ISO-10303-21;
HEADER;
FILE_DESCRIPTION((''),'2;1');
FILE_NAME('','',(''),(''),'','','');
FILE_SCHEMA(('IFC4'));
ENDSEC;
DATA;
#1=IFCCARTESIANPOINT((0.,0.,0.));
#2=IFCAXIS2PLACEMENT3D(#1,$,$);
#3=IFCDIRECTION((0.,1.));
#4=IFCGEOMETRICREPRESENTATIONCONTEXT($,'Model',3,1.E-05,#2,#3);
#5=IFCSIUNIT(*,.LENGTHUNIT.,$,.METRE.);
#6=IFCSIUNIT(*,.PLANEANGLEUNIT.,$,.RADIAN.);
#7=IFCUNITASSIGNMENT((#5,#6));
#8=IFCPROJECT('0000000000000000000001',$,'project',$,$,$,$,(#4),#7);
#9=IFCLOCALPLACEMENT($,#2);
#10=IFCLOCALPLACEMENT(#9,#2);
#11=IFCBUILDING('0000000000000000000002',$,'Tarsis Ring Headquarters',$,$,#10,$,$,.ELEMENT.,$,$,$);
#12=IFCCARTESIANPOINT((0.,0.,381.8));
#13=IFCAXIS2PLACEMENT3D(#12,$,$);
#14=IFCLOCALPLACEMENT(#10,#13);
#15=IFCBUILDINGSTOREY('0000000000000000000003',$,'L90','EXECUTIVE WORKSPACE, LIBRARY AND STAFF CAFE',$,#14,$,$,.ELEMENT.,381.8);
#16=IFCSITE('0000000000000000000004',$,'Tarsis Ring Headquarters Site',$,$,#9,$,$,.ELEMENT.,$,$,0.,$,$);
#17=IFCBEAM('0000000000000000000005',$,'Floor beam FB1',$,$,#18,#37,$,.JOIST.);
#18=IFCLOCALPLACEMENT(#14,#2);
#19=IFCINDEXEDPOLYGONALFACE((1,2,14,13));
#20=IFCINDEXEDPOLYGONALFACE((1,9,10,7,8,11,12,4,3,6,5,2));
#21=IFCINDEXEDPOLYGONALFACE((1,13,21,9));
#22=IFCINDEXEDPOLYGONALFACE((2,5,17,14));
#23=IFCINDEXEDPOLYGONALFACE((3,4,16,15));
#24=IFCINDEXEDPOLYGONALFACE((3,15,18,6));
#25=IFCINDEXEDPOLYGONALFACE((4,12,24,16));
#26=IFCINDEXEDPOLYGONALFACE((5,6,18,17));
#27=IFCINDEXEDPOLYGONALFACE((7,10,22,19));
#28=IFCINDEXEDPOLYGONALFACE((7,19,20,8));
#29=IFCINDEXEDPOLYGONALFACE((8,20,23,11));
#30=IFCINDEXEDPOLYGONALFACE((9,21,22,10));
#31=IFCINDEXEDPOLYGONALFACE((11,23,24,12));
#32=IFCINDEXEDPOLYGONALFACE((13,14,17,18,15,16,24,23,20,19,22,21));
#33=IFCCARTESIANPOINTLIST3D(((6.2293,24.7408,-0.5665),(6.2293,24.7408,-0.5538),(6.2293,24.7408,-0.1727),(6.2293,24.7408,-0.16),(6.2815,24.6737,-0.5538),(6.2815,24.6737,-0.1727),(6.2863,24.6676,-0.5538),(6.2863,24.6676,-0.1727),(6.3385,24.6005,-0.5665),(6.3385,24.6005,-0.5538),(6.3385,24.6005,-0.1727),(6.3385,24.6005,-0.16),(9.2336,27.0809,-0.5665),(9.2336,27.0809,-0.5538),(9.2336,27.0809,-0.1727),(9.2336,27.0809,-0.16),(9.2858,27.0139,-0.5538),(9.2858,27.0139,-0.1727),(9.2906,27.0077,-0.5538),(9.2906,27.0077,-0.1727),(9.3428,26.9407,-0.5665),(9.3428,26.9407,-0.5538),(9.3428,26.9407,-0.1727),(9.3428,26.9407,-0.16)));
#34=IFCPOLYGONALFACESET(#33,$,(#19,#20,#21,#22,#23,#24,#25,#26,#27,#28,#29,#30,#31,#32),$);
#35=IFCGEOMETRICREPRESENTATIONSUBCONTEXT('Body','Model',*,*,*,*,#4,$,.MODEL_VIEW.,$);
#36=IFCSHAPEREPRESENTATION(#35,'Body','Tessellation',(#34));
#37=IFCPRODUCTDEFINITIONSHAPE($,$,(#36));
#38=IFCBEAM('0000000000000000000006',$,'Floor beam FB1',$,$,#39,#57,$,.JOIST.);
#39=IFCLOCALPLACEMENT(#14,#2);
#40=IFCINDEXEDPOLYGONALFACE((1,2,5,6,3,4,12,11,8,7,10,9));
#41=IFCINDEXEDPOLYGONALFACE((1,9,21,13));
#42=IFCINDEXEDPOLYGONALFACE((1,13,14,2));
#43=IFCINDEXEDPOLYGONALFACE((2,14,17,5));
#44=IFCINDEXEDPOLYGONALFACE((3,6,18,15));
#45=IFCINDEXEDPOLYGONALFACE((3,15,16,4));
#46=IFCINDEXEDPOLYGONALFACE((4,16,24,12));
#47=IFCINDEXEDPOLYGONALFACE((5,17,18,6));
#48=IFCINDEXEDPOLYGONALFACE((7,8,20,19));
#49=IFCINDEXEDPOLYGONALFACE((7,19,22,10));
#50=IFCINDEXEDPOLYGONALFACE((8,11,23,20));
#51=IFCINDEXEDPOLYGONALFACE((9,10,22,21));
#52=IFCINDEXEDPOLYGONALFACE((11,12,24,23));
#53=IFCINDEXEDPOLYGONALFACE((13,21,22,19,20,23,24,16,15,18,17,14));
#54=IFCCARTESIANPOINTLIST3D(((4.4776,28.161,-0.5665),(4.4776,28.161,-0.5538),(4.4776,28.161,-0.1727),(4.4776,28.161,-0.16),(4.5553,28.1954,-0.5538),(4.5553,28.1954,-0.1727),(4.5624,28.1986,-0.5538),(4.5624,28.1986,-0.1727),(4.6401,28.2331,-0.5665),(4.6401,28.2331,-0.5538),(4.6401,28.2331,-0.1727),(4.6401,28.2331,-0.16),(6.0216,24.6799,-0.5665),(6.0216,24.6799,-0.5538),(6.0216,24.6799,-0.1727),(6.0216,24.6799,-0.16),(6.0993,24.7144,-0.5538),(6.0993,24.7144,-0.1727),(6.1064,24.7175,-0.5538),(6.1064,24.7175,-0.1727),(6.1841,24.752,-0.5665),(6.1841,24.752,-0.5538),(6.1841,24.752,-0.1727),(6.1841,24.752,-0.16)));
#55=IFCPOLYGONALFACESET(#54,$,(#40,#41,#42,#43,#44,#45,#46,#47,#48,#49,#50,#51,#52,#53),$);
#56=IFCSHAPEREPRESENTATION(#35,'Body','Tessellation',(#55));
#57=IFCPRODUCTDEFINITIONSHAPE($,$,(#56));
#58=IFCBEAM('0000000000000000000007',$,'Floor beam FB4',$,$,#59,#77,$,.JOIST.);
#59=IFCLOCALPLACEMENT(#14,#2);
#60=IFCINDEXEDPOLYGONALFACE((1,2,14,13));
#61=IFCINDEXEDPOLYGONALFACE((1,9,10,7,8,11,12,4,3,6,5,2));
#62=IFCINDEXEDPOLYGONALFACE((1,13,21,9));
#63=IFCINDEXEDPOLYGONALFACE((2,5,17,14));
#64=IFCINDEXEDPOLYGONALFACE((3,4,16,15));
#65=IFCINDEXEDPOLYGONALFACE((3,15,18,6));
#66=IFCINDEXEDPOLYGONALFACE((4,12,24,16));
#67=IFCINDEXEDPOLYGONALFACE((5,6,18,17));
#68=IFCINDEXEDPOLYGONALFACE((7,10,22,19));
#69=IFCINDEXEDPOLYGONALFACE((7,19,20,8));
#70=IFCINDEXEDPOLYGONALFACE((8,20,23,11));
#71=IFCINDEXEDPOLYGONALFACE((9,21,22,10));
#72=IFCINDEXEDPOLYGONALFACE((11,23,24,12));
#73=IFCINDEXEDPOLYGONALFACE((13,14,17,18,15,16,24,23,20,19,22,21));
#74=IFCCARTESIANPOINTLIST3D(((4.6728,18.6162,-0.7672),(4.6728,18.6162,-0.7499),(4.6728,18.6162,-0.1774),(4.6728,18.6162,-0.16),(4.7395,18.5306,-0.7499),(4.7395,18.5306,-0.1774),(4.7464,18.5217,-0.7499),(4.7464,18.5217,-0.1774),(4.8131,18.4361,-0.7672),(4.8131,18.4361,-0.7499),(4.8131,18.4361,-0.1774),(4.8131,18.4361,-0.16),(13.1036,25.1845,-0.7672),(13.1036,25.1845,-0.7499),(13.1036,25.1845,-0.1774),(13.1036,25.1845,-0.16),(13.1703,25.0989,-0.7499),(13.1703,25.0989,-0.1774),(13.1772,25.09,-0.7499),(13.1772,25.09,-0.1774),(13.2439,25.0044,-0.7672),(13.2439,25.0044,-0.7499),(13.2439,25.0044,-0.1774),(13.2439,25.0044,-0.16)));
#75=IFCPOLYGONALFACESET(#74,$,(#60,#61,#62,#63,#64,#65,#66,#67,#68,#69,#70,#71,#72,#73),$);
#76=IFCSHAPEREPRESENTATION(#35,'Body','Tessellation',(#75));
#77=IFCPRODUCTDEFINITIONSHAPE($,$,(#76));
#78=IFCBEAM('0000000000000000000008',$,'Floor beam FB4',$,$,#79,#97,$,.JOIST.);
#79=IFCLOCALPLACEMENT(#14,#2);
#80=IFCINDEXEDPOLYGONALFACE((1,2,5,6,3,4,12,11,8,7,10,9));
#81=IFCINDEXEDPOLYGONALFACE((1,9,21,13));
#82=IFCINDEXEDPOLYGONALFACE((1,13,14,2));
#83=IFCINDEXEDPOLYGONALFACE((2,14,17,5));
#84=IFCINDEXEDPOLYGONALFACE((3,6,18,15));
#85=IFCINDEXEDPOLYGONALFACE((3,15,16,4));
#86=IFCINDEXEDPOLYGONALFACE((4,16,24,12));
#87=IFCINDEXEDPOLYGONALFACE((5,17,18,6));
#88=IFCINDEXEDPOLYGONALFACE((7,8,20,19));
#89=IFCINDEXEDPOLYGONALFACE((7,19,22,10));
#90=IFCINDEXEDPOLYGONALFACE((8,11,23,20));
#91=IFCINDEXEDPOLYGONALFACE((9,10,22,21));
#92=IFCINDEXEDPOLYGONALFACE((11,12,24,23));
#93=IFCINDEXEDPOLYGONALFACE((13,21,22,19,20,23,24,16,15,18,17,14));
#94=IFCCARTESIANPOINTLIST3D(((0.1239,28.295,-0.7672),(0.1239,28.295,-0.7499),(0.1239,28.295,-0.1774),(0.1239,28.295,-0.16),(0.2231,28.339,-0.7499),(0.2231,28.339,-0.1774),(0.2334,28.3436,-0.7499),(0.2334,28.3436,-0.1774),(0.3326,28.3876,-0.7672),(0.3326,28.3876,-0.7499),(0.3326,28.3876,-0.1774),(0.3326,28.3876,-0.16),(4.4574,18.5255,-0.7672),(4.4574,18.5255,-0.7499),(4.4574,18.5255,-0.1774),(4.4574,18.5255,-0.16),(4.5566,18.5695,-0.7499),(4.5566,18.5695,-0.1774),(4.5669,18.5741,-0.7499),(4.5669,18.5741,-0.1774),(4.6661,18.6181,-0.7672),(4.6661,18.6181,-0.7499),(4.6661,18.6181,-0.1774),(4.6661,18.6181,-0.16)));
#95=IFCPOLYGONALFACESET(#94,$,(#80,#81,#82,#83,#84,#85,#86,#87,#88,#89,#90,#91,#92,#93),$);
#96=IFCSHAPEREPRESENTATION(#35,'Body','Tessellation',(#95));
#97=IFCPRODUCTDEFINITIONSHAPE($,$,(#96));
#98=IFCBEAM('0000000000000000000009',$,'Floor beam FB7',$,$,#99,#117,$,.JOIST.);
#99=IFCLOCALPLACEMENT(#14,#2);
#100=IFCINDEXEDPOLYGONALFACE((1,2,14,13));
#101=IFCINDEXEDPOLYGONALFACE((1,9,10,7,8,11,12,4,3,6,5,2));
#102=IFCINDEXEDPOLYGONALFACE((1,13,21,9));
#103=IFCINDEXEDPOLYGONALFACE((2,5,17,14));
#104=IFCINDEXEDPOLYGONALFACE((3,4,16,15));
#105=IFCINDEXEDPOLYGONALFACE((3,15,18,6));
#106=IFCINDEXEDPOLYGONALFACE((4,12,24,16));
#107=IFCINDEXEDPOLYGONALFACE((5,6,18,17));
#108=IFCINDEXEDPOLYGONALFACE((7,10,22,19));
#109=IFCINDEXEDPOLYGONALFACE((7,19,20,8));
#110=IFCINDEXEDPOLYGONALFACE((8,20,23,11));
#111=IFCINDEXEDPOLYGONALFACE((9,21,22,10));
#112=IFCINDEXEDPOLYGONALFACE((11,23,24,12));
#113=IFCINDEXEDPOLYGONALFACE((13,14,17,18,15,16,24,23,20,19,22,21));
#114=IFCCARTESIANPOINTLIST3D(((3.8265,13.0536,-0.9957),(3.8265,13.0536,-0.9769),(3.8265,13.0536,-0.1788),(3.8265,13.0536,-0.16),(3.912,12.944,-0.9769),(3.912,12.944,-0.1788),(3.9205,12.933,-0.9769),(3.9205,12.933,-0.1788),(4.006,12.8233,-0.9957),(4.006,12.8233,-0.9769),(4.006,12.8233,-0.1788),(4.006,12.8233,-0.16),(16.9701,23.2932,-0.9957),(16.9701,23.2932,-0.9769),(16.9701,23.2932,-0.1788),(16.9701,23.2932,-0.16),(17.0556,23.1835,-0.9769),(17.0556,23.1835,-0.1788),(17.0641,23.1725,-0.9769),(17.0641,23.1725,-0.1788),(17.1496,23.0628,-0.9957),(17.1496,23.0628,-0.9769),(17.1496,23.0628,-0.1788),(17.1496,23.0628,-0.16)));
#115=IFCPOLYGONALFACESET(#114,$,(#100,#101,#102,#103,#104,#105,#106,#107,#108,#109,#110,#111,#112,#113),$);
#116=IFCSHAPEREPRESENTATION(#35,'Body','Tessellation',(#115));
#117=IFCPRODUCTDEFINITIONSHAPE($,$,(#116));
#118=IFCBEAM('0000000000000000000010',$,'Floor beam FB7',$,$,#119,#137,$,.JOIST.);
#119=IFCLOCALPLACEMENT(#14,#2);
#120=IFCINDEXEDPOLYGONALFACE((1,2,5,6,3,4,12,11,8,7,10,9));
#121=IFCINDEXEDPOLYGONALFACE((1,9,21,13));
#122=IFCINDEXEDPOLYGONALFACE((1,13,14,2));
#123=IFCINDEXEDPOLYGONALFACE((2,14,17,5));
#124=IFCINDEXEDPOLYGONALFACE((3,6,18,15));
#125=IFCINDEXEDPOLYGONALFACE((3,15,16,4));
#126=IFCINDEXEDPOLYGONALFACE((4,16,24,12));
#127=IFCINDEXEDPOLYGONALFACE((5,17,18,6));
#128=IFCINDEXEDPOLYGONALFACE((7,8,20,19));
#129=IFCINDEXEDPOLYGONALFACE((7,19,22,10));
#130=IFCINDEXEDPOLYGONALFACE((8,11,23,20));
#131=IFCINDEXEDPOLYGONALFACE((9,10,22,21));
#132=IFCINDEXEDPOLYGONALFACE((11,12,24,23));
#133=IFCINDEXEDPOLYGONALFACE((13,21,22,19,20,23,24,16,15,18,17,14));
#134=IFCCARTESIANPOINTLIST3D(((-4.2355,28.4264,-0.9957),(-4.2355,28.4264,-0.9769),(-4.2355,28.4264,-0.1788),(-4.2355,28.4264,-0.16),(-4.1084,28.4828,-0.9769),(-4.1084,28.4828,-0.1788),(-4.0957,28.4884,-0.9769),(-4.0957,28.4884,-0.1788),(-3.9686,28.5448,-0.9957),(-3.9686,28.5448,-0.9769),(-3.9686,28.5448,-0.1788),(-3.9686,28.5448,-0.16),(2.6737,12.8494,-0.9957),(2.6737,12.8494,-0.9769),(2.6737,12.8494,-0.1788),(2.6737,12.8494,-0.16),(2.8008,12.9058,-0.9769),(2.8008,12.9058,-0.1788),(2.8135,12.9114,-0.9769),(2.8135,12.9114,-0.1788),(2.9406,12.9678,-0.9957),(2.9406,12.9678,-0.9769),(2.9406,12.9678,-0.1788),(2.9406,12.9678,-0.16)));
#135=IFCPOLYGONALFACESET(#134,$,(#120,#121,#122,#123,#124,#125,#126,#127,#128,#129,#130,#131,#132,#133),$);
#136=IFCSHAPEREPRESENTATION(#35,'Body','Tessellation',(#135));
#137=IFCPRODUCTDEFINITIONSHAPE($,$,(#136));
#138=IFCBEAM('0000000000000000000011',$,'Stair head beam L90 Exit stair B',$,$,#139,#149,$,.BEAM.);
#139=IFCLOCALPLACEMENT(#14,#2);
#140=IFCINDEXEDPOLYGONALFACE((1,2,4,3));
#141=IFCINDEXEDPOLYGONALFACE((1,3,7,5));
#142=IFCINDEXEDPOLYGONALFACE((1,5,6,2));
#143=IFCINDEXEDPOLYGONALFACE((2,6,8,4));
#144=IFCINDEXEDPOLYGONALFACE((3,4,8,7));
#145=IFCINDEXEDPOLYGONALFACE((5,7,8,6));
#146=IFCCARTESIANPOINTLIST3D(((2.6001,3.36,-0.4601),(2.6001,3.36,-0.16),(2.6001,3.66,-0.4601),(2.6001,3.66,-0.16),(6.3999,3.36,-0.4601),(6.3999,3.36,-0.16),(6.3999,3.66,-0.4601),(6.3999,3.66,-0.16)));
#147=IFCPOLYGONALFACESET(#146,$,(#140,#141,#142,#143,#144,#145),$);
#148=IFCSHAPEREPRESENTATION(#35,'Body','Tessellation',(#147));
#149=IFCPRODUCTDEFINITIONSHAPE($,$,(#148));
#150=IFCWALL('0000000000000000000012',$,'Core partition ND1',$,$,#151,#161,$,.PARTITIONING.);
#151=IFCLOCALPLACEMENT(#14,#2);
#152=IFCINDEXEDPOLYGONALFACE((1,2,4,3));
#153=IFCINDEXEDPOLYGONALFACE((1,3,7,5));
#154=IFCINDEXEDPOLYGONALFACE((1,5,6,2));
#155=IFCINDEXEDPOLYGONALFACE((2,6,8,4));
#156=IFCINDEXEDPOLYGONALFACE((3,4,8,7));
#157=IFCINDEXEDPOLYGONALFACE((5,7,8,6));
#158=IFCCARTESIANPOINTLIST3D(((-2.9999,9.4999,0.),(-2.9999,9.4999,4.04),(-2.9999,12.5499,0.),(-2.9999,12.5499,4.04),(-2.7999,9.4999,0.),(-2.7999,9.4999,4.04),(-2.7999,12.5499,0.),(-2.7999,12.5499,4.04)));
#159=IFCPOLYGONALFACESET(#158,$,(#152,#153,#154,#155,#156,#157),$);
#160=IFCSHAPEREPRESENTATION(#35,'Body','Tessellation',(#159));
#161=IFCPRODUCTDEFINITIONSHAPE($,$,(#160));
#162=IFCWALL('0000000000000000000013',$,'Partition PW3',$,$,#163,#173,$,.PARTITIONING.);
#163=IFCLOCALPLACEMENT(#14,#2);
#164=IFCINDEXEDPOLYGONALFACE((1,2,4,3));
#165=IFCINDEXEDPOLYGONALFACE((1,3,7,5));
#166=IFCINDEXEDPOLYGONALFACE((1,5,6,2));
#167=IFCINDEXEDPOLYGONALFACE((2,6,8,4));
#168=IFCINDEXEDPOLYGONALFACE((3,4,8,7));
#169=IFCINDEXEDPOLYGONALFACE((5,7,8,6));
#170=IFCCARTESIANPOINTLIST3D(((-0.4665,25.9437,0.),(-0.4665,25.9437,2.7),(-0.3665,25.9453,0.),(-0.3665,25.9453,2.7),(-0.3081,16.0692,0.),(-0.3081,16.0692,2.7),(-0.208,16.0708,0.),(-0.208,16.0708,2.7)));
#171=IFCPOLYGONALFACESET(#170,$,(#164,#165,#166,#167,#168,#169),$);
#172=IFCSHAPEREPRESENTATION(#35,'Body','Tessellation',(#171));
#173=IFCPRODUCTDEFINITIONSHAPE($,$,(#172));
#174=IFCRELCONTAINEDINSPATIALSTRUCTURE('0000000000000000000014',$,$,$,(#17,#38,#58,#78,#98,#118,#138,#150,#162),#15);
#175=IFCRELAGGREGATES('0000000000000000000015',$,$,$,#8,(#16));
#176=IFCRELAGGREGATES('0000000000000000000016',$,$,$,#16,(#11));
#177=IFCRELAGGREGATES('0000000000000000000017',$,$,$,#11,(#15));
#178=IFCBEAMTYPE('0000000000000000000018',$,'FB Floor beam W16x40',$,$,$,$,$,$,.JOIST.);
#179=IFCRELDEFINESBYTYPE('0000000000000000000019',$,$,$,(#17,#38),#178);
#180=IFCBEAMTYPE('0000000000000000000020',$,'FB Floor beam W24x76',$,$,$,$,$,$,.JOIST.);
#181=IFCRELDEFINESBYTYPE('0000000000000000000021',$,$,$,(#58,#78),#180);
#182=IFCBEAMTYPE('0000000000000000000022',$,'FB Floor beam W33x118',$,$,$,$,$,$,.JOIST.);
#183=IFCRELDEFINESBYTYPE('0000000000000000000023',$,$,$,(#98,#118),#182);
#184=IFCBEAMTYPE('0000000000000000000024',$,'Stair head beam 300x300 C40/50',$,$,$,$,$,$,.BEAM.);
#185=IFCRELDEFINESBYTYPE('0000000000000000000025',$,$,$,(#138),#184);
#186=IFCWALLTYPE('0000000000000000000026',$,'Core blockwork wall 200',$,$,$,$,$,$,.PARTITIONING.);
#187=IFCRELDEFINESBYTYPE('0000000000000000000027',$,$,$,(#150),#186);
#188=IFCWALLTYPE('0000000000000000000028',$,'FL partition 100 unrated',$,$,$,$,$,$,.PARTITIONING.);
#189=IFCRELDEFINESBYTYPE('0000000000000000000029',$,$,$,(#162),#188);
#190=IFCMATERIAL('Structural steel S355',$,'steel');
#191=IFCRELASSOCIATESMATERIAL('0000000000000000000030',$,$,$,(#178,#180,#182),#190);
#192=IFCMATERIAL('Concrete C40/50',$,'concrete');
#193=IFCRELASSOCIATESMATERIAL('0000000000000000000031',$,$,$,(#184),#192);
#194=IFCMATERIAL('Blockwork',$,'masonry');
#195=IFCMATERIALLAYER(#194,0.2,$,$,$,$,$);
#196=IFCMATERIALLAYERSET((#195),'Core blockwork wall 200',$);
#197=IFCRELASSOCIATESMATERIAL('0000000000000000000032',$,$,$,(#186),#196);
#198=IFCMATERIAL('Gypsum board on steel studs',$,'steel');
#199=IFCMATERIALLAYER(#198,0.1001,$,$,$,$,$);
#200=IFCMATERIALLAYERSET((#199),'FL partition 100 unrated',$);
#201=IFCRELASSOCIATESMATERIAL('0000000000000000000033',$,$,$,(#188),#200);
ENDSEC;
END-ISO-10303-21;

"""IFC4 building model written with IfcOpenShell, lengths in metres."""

from ifc_helpers import new_model, si_unit, direction, frame, frame_2d, origin, origin_2d, place, context, subcontext, project, spatial, rectangle, i_section, extrude, material, layer, layer_set, material_profile, profile_set, type_object, element, save


model = new_model("IFC4")

# Units and contexts
model_context = context("Model", 3, precision=1e-05, world=origin(), true_north=direction((0.0, 1.0)))
body_context = subcontext(model_context, "Body", "Model", "MODEL_VIEW")
ifc_project = project(units=[si_unit("LENGTHUNIT", "METRE"), si_unit("PLANEANGLEUNIT", "RADIAN")], contexts=[model_context])

# Site, building, storey
site_placement = place(None, origin())
site = spatial("IfcSite", under=ifc_project, at=site_placement, Name="Tarsis Ring Headquarters Site", CompositionType="ELEMENT", RefElevation=0.0)
building_placement = place(site_placement, origin())
building = spatial("IfcBuilding", under=site, at=building_placement, Name="Tarsis Ring Headquarters", CompositionType="ELEMENT")
storey_placement = place(building_placement, frame((0.0, 0.0, 381.8)))
storey = spatial("IfcBuildingStorey", under=building, at=storey_placement, Name="L90", Description="EXECUTIVE WORKSPACE, LIBRARY AND STAFF CAFE", CompositionType="ELEMENT", Elevation=381.8)

# Beams
ifc_material_1 = material(Name="Structural steel S355", Category="steel")
ifc_material_profile_1 = material_profile(ifc_material_1, i_section(OverallWidth=0.1777, OverallDepth=0.4065, WebThickness=0.0078, FlangeThickness=0.0127, at=origin_2d()), Name="W16x40")
ifc_profile_set_1 = profile_set([ifc_material_profile_1], Name="Structural steel S355")
beam_type_1 = type_object("IfcBeamType", Name="FB Floor beam W16x40", PredefinedType="JOIST", material=ifc_profile_set_1)
for number, where, z_axis, x_axis, name in (
    (1, (6.2839, 24.6707, -0.3633), (0.788903, 0.614517, 0.0), (-0.614517, 0.788903, 0.0), "Floor beam FB1"),
    (2, (4.5588, 28.197, -0.3633), (0.405448, -0.914118, 0.0), (0.914118, 0.405448, 0.0), "Floor beam FB1"),
):
    element("IfcBeam", number, at=place(storey_placement, frame(where, z_axis=z_axis, x_axis=x_axis)), inside=storey, type_object=beam_type_1, Name=name, PredefinedType="JOIST", context=body_context, shape_type="SweptSolid", body=[
        extrude(i_section(OverallWidth=0.1777, OverallDepth=0.4065, WebThickness=0.0078, FlangeThickness=0.0127, at=origin_2d()), origin(), (0.0, 0.0, 1.0), 3.8081),
    ])
ifc_material_profile_2 = material_profile(ifc_material_1, i_section(OverallWidth=0.2283, OverallDepth=0.6072, WebThickness=0.0112, FlangeThickness=0.0173, at=origin_2d()), Name="W24x76")
ifc_profile_set_2 = profile_set([ifc_material_profile_2], Name="Structural steel S355")
beam_type_2 = type_object("IfcBeamType", Name="FB Floor beam W24x76", PredefinedType="JOIST", material=ifc_profile_set_2)
for number, where, z_axis, x_axis, name in (
    (3, (4.7429, 18.5261, -0.4636), (0.788854, 0.614581, 0.0), (-0.614581, 0.788854, 0.0), "Floor beam FB4"),
    (4, (0.2283, 28.3413, -0.4636), (0.405473, -0.914107, 0.0), (0.914107, 0.405473, 0.0), "Floor beam FB4"),
):
    element("IfcBeam", number, at=place(storey_placement, frame(where, z_axis=z_axis, x_axis=x_axis)), inside=storey, type_object=beam_type_2, Name=name, PredefinedType="JOIST", context=body_context, shape_type="SweptSolid", body=[
        extrude(i_section(OverallWidth=0.2283, OverallDepth=0.6072, WebThickness=0.0112, FlangeThickness=0.0173, at=origin_2d()), origin(), (0.0, 0.0, 1.0), 10.6875),
    ])
ifc_material_profile_3 = material_profile(ifc_material_1, i_section(OverallWidth=0.292, OverallDepth=0.8357, WebThickness=0.0139, FlangeThickness=0.0188, at=origin_2d()), Name="W33x118")
ifc_profile_set_3 = profile_set([ifc_material_profile_3], Name="Structural steel S355")
beam_type_3 = type_object("IfcBeamType", Name="FB Floor beam W33x118", PredefinedType="JOIST", material=ifc_profile_set_3)
beam_1_placement = place(storey_placement, frame((3.9163, 12.9385, -0.5779), z_axis=(0.788865, 0.614566, 0.0), x_axis=(-0.614566, 0.788865, 0.0)))
element("IfcBeam", 5, at=beam_1_placement, inside=storey, type_object=beam_type_3, Name="Floor beam FB7", PredefinedType="JOIST", context=body_context, shape_type="SweptSolid", body=[
    extrude(i_section(OverallWidth=0.292, OverallDepth=0.8357, WebThickness=0.0139, FlangeThickness=0.0188, at=origin_2d()), origin(), (0.0, 0.0, 1.0), 16.6614),
])
beam_2_placement = place(storey_placement, frame((-4.1021, 28.4856, -0.5779), z_axis=(0.405458, -0.914114, 0.0), x_axis=(0.914114, 0.405458, 0.0)))
element("IfcBeam", 6, at=beam_2_placement, inside=storey, type_object=beam_type_3, Name="Floor beam FB7", PredefinedType="JOIST", context=body_context, shape_type="SweptSolid", body=[
    extrude(i_section(OverallWidth=0.292, OverallDepth=0.8357, WebThickness=0.0139, FlangeThickness=0.0188, at=origin_2d()), origin(), (0.0, 0.0, 1.0), 17.0405),
])
ifc_material_2 = material(Name="Concrete C40/50", Category="concrete")
ifc_material_profile_4 = material_profile(ifc_material_2, rectangle(XDim=0.3, YDim=0.3, at=origin_2d()), Name="Stair head beam 300x300 C40/50")
ifc_profile_set_4 = profile_set([ifc_material_profile_4], Name="Concrete C40/50")
beam_type_4 = type_object("IfcBeamType", Name="Stair head beam 300x300 C40/50", PredefinedType="BEAM", material=ifc_profile_set_4)
beam_3_placement = place(storey_placement, frame((2.6001, 3.51, -0.3101), z_axis=(1.0, 0.0, 0.0), x_axis=(0.0, 1.0, 0.0)))
element("IfcBeam", 7, at=beam_3_placement, inside=storey, type_object=beam_type_4, Name="Stair head beam L90 Exit stair B", PredefinedType="BEAM", context=body_context, shape_type="SweptSolid", body=[
    extrude(rectangle(XDim=0.3, YDim=0.3, at=origin_2d()), origin(), (0.0, 0.0, 1.0), 3.7998),
])

# Walls
ifc_material_3 = material(Name="Blockwork", Category="masonry")
ifc_layer_1 = layer(ifc_material_3, 0.2)
ifc_layer_set_1 = layer_set([ifc_layer_1], Name="Core blockwork wall 200")
wall_type_1 = type_object("IfcWallType", Name="Core blockwork wall 200", PredefinedType="PARTITIONING", material=ifc_layer_set_1)
wall_1_placement = place(storey_placement, frame((-2.8999, 9.5, 0.0), z_axis=(0.0, 0.0, 1.0), x_axis=(0.0, 1.0, 0.0)))
element("IfcWall", 8, at=wall_1_placement, inside=storey, type_object=wall_type_1, Name="Core partition ND1", PredefinedType="PARTITIONING", context=body_context, shape_type="SweptSolid", body=[
    extrude(rectangle(XDim=3.05, YDim=0.2, at=frame_2d((1.5249, 0.0))), origin(), (0.0, 0.0, 1.0), 4.04),
])
ifc_material_4 = material(Name="Gypsum board on steel studs", Category="steel")
ifc_layer_2 = layer(ifc_material_4, 0.1001)
ifc_layer_set_2 = layer_set([ifc_layer_2], Name="FL partition 100 unrated")
wall_type_2 = type_object("IfcWallType", Name="FL partition 100 unrated", PredefinedType="PARTITIONING", material=ifc_layer_set_2)
wall_2_placement = place(storey_placement, frame((-0.4165, 25.9446, 0.0), z_axis=(0.0, 0.0, 1.0), x_axis=(0.016044, -0.999871, 0.0)))
element("IfcWall", 9, at=wall_2_placement, inside=storey, type_object=wall_type_2, Name="Partition PW3", PredefinedType="PARTITIONING", context=body_context, shape_type="SweptSolid", body=[
    extrude(rectangle(XDim=9.8757, YDim=0.1001, at=frame_2d((4.938, 0.0))), origin(), (0.0, 0.0, 1.0), 2.7),
])

save(model, "model.ifc")
